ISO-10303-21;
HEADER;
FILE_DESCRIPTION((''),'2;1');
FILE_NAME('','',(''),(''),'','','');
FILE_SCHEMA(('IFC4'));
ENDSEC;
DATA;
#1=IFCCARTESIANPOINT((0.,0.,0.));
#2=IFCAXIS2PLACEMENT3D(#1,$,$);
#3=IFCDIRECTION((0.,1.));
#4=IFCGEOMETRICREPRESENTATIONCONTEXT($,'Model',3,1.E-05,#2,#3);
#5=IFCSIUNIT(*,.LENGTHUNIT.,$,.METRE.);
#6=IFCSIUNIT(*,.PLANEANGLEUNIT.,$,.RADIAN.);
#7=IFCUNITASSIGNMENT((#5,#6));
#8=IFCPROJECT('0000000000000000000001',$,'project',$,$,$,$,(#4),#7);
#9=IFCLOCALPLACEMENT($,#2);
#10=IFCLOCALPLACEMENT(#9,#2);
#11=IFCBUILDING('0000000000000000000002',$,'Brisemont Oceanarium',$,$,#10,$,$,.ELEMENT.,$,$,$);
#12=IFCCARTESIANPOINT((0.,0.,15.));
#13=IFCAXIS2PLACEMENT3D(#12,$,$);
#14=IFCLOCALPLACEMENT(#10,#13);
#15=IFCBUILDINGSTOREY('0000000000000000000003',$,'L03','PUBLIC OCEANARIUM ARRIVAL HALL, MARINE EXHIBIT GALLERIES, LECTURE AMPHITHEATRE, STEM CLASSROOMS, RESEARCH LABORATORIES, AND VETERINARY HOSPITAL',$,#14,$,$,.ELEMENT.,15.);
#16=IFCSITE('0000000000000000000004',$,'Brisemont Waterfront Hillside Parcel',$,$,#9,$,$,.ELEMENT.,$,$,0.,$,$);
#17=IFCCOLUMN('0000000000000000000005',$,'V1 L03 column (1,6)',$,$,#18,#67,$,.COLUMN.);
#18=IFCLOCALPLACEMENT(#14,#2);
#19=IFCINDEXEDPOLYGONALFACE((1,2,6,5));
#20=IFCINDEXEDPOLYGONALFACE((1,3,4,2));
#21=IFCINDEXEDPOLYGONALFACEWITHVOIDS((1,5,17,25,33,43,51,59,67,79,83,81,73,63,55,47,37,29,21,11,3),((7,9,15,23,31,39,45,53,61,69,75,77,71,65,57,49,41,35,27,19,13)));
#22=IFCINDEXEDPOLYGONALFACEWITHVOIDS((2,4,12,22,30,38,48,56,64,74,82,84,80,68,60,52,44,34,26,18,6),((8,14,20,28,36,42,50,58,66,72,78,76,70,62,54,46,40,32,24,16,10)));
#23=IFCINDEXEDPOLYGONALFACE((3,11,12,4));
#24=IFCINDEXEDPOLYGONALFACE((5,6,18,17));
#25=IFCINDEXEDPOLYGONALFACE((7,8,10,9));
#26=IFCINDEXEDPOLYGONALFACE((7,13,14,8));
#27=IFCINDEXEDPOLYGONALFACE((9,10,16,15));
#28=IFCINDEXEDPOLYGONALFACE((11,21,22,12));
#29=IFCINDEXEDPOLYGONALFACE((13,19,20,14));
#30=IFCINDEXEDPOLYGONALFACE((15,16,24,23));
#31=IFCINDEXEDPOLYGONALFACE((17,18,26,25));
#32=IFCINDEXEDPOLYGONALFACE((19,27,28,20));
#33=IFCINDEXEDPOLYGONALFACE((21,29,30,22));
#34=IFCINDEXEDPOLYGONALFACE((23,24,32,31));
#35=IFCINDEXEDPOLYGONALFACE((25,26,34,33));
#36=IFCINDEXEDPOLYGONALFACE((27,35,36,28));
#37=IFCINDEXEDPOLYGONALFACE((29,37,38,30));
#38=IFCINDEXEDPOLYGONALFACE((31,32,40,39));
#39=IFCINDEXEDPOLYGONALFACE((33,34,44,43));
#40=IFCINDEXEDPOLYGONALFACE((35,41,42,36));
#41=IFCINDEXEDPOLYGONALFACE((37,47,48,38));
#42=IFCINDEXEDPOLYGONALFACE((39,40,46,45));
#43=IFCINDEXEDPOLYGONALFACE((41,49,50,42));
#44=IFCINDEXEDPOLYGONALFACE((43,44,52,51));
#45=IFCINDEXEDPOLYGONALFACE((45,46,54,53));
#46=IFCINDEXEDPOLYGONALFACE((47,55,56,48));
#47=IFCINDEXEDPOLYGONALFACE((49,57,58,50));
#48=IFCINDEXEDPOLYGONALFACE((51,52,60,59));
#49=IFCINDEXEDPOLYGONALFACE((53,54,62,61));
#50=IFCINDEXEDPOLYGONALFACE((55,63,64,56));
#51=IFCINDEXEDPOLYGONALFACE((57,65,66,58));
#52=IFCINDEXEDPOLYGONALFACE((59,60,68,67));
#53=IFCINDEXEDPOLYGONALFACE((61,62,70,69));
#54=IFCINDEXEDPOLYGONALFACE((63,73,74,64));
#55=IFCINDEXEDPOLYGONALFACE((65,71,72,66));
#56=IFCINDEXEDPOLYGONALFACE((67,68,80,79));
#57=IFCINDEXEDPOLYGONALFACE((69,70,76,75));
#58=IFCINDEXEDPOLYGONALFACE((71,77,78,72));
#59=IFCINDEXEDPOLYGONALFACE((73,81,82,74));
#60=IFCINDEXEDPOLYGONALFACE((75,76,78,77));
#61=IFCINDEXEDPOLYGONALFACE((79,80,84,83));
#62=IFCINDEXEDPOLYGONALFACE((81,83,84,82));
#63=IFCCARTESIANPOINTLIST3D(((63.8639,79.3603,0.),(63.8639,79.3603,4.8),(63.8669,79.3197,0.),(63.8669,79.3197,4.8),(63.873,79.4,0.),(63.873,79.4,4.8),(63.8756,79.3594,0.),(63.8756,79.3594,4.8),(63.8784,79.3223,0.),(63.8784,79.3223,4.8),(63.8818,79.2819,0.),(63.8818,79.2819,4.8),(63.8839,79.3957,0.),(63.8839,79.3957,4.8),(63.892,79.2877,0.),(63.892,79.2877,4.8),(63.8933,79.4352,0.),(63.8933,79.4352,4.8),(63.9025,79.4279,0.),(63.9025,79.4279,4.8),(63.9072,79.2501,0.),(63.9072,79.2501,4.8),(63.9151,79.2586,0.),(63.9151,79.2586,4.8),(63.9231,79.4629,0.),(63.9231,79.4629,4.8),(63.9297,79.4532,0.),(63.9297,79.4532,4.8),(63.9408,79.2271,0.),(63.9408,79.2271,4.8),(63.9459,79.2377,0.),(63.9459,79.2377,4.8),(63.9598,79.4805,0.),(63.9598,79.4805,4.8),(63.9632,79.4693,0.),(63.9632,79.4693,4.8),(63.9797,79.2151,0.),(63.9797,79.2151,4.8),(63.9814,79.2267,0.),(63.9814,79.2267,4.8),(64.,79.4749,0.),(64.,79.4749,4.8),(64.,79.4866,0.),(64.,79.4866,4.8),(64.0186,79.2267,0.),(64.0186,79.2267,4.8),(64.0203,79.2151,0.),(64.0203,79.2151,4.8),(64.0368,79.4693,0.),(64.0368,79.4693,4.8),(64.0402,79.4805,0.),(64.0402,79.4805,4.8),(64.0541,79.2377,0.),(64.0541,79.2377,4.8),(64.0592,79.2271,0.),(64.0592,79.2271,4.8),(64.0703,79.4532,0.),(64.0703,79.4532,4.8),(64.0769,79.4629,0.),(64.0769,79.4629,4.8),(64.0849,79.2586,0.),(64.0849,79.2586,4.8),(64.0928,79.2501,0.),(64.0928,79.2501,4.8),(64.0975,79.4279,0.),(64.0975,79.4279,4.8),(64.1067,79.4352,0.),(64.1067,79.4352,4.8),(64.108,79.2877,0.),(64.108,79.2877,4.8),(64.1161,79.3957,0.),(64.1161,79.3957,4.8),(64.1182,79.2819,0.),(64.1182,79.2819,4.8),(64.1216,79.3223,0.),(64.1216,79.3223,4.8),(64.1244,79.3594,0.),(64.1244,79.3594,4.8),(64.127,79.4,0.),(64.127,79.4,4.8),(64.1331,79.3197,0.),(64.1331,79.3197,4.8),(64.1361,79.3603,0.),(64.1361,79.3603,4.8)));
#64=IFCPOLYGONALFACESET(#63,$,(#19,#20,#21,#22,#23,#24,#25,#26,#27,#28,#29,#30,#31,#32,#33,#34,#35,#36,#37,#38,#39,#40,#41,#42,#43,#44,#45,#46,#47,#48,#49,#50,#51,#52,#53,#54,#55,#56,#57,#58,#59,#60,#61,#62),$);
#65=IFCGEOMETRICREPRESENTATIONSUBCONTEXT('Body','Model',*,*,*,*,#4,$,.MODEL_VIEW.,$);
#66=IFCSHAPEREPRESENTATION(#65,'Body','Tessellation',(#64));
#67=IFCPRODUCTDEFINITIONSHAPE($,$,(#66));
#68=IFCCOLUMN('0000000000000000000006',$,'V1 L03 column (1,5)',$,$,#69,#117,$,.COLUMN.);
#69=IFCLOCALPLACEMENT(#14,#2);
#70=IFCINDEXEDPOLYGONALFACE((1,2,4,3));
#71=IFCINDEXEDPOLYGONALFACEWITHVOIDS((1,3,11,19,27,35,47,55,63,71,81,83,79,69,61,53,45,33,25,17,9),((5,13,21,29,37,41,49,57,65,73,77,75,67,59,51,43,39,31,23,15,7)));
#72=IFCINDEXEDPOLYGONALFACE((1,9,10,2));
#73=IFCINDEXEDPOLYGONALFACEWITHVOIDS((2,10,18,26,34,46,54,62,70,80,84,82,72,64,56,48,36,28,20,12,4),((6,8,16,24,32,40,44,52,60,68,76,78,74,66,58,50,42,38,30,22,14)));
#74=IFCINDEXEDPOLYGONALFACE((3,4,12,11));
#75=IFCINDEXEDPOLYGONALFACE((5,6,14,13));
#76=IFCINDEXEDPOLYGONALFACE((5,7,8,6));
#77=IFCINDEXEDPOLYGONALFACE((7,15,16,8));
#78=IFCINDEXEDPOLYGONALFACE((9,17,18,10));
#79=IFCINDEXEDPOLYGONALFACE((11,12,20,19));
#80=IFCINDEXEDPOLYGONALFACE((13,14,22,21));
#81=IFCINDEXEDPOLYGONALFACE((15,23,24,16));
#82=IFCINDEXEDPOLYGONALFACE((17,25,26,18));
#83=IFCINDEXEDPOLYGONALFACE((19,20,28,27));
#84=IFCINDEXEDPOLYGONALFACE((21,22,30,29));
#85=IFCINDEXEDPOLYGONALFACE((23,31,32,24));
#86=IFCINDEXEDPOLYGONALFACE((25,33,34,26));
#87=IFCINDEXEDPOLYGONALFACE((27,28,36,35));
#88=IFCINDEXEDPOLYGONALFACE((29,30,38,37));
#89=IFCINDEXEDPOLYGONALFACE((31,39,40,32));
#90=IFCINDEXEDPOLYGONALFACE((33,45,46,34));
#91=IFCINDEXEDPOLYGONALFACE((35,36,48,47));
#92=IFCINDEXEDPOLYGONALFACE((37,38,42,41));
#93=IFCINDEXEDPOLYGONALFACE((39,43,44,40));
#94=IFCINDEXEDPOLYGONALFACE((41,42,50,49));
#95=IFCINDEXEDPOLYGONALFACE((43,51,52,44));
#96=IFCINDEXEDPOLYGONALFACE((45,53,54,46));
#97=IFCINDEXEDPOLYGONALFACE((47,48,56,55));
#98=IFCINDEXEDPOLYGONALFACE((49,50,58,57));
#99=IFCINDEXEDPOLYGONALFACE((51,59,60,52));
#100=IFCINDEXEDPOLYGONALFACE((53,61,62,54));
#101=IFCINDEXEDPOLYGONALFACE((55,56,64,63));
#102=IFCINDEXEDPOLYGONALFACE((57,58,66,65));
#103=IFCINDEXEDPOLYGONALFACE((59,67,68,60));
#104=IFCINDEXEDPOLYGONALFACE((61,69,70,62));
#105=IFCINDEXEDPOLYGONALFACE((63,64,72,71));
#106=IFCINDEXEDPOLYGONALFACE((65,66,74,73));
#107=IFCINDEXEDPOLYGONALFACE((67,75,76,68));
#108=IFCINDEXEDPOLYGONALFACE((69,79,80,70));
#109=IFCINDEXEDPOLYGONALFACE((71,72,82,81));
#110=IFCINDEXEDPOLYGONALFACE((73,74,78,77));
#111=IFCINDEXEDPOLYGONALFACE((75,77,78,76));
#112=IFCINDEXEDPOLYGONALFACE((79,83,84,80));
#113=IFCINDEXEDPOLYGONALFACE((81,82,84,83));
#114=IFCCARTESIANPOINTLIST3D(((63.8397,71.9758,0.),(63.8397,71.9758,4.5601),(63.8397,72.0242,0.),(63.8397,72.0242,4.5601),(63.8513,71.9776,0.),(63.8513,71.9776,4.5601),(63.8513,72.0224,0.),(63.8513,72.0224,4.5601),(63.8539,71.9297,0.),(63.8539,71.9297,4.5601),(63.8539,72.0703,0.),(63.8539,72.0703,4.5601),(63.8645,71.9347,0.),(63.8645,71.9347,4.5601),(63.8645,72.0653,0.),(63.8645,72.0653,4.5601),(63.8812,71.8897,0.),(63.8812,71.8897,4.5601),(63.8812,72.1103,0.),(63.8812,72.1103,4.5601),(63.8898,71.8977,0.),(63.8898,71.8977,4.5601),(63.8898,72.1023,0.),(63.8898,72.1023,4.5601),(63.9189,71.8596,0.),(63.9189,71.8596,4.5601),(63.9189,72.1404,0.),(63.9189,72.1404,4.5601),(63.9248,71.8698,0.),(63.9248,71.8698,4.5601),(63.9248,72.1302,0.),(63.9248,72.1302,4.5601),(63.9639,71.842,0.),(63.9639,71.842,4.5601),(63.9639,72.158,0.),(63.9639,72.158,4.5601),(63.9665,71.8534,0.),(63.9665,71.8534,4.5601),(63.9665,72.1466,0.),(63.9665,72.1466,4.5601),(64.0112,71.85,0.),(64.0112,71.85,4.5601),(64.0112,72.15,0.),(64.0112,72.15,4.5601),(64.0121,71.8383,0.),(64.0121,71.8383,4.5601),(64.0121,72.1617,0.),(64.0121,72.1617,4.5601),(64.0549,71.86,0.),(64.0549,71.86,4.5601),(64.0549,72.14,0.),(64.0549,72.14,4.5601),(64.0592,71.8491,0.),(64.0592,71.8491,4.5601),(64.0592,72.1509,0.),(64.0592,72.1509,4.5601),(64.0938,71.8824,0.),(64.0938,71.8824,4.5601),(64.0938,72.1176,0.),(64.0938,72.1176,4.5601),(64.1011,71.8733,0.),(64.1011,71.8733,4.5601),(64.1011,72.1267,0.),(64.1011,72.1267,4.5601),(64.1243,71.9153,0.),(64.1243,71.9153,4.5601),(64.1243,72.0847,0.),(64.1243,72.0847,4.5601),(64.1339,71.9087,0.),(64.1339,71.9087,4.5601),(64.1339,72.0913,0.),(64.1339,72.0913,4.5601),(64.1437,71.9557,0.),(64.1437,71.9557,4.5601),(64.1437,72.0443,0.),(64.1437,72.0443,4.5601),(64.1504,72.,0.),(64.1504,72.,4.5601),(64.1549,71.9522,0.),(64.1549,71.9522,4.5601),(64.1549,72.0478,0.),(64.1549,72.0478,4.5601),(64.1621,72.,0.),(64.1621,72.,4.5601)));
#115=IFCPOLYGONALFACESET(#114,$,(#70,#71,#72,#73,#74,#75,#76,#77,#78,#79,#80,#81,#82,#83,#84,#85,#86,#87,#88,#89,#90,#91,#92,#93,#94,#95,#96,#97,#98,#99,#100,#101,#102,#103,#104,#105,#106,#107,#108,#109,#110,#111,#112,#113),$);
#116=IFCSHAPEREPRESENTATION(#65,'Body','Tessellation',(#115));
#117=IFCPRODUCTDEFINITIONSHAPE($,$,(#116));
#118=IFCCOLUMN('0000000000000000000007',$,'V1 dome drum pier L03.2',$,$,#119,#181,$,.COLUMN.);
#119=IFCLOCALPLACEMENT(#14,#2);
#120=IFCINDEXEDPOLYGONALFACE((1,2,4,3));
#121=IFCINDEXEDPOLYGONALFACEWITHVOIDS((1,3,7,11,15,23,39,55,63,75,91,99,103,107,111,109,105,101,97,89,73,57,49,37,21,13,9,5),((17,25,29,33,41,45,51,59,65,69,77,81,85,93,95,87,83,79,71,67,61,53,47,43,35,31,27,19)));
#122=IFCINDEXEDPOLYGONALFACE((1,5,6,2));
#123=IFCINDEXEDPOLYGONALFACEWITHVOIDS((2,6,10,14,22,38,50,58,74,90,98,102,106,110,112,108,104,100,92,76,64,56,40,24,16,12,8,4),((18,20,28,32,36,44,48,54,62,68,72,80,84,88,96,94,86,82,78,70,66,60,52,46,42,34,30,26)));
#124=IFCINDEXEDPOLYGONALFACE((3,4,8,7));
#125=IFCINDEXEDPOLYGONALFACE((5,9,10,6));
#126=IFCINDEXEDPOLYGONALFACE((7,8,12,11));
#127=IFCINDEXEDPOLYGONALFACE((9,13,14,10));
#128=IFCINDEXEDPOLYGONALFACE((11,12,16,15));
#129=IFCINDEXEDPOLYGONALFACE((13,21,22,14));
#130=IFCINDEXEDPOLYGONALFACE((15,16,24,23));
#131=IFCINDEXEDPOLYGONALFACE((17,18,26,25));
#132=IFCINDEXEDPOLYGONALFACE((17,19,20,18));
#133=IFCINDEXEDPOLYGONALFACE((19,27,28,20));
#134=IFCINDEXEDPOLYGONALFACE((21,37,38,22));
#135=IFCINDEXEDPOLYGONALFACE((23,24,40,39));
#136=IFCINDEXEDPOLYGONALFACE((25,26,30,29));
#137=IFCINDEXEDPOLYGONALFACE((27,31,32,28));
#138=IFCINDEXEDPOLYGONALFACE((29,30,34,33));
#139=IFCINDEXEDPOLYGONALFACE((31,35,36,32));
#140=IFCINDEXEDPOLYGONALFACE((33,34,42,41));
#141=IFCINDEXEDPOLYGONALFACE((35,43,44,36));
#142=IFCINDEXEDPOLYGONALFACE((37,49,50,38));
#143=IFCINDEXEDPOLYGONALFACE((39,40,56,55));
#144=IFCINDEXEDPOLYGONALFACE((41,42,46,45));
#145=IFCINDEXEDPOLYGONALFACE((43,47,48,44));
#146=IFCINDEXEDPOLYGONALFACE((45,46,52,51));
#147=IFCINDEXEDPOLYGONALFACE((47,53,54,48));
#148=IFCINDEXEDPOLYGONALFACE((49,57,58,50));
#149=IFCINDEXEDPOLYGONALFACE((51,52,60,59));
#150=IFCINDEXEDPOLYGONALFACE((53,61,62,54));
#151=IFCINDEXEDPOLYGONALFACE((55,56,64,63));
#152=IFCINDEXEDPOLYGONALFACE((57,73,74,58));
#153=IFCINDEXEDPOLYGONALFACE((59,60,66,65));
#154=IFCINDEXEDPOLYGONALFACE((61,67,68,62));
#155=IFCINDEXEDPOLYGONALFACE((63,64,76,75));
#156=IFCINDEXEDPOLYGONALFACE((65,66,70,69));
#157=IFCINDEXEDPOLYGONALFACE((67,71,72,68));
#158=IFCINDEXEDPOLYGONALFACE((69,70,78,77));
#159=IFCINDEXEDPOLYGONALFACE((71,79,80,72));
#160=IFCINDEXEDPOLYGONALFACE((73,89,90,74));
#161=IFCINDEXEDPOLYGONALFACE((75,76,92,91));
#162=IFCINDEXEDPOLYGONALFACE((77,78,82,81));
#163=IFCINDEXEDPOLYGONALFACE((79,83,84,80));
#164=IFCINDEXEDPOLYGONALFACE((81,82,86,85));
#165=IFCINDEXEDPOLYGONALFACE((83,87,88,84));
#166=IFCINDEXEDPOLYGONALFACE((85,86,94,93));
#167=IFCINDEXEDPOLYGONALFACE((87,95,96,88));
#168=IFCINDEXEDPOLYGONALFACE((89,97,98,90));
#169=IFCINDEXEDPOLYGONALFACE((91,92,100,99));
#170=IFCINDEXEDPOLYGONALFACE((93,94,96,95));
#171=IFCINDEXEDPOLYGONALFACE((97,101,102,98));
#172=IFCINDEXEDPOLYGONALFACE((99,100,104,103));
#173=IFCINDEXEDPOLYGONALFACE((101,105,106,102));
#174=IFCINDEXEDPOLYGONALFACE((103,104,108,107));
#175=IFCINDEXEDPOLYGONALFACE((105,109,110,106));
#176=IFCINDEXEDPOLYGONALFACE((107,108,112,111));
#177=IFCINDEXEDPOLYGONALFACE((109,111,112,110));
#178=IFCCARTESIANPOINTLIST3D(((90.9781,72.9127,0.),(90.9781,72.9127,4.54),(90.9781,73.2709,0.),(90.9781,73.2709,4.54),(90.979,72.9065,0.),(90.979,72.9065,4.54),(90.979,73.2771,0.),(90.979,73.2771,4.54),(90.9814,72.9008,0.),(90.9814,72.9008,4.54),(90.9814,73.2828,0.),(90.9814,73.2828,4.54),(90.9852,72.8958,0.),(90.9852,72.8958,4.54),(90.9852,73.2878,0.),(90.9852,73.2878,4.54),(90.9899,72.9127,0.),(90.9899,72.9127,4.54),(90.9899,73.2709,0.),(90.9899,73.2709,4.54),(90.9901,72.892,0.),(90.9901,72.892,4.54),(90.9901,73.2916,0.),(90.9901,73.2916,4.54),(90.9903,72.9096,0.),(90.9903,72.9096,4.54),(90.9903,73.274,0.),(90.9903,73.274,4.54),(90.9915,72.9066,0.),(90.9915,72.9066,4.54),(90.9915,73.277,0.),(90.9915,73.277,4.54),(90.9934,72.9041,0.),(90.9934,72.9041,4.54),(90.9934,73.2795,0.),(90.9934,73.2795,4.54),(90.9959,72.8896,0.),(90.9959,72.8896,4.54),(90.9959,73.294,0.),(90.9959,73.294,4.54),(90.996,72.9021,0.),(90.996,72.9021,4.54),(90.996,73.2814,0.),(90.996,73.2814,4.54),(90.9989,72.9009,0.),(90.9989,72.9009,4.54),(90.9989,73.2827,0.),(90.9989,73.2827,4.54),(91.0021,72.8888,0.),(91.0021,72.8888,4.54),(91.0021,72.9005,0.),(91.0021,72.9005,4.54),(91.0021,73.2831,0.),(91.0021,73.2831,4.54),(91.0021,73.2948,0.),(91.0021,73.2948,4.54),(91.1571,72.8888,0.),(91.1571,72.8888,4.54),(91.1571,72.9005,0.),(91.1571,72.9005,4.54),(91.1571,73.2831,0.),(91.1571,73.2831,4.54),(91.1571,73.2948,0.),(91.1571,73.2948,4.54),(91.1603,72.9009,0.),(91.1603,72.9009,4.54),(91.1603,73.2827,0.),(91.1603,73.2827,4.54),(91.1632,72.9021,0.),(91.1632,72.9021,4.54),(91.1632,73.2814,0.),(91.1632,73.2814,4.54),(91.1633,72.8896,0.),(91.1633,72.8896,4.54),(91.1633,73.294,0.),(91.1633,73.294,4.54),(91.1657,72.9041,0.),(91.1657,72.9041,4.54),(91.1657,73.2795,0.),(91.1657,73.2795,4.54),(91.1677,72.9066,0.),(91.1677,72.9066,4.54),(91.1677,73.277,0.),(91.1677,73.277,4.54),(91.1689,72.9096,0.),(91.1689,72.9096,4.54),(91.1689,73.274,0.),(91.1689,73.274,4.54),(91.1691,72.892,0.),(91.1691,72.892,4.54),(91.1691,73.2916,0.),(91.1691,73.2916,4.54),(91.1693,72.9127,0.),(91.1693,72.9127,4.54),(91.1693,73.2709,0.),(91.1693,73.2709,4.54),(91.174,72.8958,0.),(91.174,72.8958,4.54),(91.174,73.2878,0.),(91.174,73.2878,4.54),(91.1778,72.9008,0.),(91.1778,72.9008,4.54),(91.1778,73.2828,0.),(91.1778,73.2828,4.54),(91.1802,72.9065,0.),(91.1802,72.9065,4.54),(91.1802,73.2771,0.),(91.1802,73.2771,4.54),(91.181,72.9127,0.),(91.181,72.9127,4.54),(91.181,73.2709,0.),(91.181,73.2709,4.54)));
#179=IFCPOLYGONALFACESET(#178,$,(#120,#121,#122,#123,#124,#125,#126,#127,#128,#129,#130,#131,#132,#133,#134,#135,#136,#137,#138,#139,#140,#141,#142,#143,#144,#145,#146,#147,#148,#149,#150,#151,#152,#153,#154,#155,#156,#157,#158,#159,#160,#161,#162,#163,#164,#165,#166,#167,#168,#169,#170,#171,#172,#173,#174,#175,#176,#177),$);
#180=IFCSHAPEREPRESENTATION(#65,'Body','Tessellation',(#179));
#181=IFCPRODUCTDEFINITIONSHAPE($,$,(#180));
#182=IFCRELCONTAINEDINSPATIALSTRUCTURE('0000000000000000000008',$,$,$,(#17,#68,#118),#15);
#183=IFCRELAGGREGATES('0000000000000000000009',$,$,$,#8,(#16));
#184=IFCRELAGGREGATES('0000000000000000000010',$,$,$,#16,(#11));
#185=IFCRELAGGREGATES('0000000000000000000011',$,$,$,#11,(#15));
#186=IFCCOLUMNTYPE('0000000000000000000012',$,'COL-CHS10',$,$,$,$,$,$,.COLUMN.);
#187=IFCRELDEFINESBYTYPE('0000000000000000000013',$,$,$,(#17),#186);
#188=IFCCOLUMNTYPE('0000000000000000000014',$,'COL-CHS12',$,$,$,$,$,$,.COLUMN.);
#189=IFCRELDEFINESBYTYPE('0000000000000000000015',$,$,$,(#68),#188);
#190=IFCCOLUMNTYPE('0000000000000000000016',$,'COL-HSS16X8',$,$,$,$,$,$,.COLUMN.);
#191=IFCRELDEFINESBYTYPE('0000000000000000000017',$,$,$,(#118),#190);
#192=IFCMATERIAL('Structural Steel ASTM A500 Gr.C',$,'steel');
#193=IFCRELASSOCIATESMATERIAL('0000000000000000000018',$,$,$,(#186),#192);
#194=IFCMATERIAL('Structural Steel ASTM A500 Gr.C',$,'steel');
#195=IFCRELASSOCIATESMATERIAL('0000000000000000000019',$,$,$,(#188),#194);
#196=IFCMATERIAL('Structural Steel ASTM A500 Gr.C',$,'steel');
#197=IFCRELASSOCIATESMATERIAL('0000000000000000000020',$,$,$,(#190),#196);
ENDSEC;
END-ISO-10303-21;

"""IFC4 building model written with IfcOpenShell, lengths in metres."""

from ifc_helpers import new_model, si_unit, direction, frame, origin, origin_2d, place, context, subcontext, project, spatial, hollow_rectangle, hollow_circle, extrude, material, material_profile, profile_set, type_object, element, save


model = new_model("IFC4")

# Units and contexts
model_context = context("Model", 3, precision=1e-05, world=origin(), true_north=direction((0.0, 1.0)))
body_context = subcontext(model_context, "Body", "Model", "MODEL_VIEW")
ifc_project = project(units=[si_unit("LENGTHUNIT", "METRE"), si_unit("PLANEANGLEUNIT", "RADIAN")], contexts=[model_context])

# Site, building, storey
site_placement = place(None, origin())
site = spatial("IfcSite", under=ifc_project, at=site_placement, Name="Brisemont Waterfront Hillside Parcel", CompositionType="ELEMENT", RefElevation=0.0)
building_placement = place(site_placement, origin())
building = spatial("IfcBuilding", under=site, at=building_placement, Name="Brisemont Oceanarium", CompositionType="ELEMENT")
storey_placement = place(building_placement, frame((0.0, 0.0, 15.0)))
storey = spatial("IfcBuildingStorey", under=building, at=storey_placement, Name="L03", Description="PUBLIC OCEANARIUM ARRIVAL HALL, MARINE EXHIBIT GALLERIES, LECTURE AMPHITHEATRE, STEM CLASSROOMS, RESEARCH LABORATORIES, AND VETERINARY HOSPITAL", CompositionType="ELEMENT", Elevation=15.0)

# Columns
ifc_material_1 = material(Name="Structural Steel ASTM A500 Gr.C", Category="steel")
ifc_material_profile_1 = material_profile(ifc_material_1, hollow_circle(Radius=0.1365, WallThickness=0.0117, at=origin_2d()), Name="HSS10.750X0.500")
ifc_profile_set_1 = profile_set([ifc_material_profile_1], Name="Structural Steel ASTM A500 Gr.C")
column_type_1 = type_object("IfcColumnType", Name="COL-CHS10", PredefinedType="COLUMN", material=ifc_profile_set_1)
column_1_placement = place(storey_placement, frame((64.0, 79.3501, 0.0), z_axis=(0.0, 0.0, 1.0), x_axis=(0.0, 1.0, 0.0)))
element("IfcColumn", 1, at=column_1_placement, inside=storey, type_object=column_type_1, Name="V1 L03 column (1,6)", PredefinedType="COLUMN", context=body_context, shape_type="SweptSolid", body=[
    extrude(hollow_circle(Radius=0.1365, WallThickness=0.0117, at=origin_2d()), origin(), (0.0, 0.0, 1.0), 4.8),
])
ifc_material_2 = material(Name="Structural Steel ASTM A500 Gr.C", Category="steel")
ifc_material_profile_2 = material_profile(ifc_material_2, hollow_circle(Radius=0.1621, WallThickness=0.0117, at=origin_2d()), Name="HSS12.750X0.500")
ifc_profile_set_2 = profile_set([ifc_material_profile_2], Name="Structural Steel ASTM A500 Gr.C")
column_type_2 = type_object("IfcColumnType", Name="COL-CHS12", PredefinedType="COLUMN", material=ifc_profile_set_2)
column_2_placement = place(storey_placement, frame((64.0, 72.0, 0.0), z_axis=(0.0, 0.0, 1.0), x_axis=(1.0, 0.0, 0.0)))
element("IfcColumn", 2, at=column_2_placement, inside=storey, type_object=column_type_2, Name="V1 L03 column (1,5)", PredefinedType="COLUMN", context=body_context, shape_type="SweptSolid", body=[
    extrude(hollow_circle(Radius=0.1621, WallThickness=0.0117, at=origin_2d()), origin(), (0.0, 0.0, 1.0), 4.5601),
])
ifc_material_3 = material(Name="Structural Steel ASTM A500 Gr.C", Category="steel")
ifc_material_profile_3 = material_profile(ifc_material_3, hollow_rectangle(XDim=0.2029, YDim=0.406, WallThickness=0.0117, InnerFilletRadius=0.0122, OuterFilletRadius=0.0239, at=origin_2d()), Name="HSS16X8X1/2")
ifc_profile_set_3 = profile_set([ifc_material_profile_3], Name="Structural Steel ASTM A500 Gr.C")
column_type_3 = type_object("IfcColumnType", Name="COL-HSS16X8", PredefinedType="COLUMN", material=ifc_profile_set_3)
for number, where, z_axis, x_axis, name in (
    (3, (91.0796, 73.0918, 0.0), (0.0, 0.0, 1.0), (1.0, 0.0, 0.0), "V1 dome drum pier L03.2"),
):
    element("IfcColumn", number, at=place(storey_placement, frame(where, z_axis=z_axis, x_axis=x_axis)), inside=storey, type_object=column_type_3, Name=name, PredefinedType="COLUMN", context=body_context, shape_type="SweptSolid", body=[
        extrude(hollow_rectangle(XDim=0.2029, YDim=0.406, WallThickness=0.0117, InnerFilletRadius=0.0122, OuterFilletRadius=0.0239, at=origin_2d()), origin(), (0.0, 0.0, 1.0), 4.54),
    ])

save(model, "model.ifc")
